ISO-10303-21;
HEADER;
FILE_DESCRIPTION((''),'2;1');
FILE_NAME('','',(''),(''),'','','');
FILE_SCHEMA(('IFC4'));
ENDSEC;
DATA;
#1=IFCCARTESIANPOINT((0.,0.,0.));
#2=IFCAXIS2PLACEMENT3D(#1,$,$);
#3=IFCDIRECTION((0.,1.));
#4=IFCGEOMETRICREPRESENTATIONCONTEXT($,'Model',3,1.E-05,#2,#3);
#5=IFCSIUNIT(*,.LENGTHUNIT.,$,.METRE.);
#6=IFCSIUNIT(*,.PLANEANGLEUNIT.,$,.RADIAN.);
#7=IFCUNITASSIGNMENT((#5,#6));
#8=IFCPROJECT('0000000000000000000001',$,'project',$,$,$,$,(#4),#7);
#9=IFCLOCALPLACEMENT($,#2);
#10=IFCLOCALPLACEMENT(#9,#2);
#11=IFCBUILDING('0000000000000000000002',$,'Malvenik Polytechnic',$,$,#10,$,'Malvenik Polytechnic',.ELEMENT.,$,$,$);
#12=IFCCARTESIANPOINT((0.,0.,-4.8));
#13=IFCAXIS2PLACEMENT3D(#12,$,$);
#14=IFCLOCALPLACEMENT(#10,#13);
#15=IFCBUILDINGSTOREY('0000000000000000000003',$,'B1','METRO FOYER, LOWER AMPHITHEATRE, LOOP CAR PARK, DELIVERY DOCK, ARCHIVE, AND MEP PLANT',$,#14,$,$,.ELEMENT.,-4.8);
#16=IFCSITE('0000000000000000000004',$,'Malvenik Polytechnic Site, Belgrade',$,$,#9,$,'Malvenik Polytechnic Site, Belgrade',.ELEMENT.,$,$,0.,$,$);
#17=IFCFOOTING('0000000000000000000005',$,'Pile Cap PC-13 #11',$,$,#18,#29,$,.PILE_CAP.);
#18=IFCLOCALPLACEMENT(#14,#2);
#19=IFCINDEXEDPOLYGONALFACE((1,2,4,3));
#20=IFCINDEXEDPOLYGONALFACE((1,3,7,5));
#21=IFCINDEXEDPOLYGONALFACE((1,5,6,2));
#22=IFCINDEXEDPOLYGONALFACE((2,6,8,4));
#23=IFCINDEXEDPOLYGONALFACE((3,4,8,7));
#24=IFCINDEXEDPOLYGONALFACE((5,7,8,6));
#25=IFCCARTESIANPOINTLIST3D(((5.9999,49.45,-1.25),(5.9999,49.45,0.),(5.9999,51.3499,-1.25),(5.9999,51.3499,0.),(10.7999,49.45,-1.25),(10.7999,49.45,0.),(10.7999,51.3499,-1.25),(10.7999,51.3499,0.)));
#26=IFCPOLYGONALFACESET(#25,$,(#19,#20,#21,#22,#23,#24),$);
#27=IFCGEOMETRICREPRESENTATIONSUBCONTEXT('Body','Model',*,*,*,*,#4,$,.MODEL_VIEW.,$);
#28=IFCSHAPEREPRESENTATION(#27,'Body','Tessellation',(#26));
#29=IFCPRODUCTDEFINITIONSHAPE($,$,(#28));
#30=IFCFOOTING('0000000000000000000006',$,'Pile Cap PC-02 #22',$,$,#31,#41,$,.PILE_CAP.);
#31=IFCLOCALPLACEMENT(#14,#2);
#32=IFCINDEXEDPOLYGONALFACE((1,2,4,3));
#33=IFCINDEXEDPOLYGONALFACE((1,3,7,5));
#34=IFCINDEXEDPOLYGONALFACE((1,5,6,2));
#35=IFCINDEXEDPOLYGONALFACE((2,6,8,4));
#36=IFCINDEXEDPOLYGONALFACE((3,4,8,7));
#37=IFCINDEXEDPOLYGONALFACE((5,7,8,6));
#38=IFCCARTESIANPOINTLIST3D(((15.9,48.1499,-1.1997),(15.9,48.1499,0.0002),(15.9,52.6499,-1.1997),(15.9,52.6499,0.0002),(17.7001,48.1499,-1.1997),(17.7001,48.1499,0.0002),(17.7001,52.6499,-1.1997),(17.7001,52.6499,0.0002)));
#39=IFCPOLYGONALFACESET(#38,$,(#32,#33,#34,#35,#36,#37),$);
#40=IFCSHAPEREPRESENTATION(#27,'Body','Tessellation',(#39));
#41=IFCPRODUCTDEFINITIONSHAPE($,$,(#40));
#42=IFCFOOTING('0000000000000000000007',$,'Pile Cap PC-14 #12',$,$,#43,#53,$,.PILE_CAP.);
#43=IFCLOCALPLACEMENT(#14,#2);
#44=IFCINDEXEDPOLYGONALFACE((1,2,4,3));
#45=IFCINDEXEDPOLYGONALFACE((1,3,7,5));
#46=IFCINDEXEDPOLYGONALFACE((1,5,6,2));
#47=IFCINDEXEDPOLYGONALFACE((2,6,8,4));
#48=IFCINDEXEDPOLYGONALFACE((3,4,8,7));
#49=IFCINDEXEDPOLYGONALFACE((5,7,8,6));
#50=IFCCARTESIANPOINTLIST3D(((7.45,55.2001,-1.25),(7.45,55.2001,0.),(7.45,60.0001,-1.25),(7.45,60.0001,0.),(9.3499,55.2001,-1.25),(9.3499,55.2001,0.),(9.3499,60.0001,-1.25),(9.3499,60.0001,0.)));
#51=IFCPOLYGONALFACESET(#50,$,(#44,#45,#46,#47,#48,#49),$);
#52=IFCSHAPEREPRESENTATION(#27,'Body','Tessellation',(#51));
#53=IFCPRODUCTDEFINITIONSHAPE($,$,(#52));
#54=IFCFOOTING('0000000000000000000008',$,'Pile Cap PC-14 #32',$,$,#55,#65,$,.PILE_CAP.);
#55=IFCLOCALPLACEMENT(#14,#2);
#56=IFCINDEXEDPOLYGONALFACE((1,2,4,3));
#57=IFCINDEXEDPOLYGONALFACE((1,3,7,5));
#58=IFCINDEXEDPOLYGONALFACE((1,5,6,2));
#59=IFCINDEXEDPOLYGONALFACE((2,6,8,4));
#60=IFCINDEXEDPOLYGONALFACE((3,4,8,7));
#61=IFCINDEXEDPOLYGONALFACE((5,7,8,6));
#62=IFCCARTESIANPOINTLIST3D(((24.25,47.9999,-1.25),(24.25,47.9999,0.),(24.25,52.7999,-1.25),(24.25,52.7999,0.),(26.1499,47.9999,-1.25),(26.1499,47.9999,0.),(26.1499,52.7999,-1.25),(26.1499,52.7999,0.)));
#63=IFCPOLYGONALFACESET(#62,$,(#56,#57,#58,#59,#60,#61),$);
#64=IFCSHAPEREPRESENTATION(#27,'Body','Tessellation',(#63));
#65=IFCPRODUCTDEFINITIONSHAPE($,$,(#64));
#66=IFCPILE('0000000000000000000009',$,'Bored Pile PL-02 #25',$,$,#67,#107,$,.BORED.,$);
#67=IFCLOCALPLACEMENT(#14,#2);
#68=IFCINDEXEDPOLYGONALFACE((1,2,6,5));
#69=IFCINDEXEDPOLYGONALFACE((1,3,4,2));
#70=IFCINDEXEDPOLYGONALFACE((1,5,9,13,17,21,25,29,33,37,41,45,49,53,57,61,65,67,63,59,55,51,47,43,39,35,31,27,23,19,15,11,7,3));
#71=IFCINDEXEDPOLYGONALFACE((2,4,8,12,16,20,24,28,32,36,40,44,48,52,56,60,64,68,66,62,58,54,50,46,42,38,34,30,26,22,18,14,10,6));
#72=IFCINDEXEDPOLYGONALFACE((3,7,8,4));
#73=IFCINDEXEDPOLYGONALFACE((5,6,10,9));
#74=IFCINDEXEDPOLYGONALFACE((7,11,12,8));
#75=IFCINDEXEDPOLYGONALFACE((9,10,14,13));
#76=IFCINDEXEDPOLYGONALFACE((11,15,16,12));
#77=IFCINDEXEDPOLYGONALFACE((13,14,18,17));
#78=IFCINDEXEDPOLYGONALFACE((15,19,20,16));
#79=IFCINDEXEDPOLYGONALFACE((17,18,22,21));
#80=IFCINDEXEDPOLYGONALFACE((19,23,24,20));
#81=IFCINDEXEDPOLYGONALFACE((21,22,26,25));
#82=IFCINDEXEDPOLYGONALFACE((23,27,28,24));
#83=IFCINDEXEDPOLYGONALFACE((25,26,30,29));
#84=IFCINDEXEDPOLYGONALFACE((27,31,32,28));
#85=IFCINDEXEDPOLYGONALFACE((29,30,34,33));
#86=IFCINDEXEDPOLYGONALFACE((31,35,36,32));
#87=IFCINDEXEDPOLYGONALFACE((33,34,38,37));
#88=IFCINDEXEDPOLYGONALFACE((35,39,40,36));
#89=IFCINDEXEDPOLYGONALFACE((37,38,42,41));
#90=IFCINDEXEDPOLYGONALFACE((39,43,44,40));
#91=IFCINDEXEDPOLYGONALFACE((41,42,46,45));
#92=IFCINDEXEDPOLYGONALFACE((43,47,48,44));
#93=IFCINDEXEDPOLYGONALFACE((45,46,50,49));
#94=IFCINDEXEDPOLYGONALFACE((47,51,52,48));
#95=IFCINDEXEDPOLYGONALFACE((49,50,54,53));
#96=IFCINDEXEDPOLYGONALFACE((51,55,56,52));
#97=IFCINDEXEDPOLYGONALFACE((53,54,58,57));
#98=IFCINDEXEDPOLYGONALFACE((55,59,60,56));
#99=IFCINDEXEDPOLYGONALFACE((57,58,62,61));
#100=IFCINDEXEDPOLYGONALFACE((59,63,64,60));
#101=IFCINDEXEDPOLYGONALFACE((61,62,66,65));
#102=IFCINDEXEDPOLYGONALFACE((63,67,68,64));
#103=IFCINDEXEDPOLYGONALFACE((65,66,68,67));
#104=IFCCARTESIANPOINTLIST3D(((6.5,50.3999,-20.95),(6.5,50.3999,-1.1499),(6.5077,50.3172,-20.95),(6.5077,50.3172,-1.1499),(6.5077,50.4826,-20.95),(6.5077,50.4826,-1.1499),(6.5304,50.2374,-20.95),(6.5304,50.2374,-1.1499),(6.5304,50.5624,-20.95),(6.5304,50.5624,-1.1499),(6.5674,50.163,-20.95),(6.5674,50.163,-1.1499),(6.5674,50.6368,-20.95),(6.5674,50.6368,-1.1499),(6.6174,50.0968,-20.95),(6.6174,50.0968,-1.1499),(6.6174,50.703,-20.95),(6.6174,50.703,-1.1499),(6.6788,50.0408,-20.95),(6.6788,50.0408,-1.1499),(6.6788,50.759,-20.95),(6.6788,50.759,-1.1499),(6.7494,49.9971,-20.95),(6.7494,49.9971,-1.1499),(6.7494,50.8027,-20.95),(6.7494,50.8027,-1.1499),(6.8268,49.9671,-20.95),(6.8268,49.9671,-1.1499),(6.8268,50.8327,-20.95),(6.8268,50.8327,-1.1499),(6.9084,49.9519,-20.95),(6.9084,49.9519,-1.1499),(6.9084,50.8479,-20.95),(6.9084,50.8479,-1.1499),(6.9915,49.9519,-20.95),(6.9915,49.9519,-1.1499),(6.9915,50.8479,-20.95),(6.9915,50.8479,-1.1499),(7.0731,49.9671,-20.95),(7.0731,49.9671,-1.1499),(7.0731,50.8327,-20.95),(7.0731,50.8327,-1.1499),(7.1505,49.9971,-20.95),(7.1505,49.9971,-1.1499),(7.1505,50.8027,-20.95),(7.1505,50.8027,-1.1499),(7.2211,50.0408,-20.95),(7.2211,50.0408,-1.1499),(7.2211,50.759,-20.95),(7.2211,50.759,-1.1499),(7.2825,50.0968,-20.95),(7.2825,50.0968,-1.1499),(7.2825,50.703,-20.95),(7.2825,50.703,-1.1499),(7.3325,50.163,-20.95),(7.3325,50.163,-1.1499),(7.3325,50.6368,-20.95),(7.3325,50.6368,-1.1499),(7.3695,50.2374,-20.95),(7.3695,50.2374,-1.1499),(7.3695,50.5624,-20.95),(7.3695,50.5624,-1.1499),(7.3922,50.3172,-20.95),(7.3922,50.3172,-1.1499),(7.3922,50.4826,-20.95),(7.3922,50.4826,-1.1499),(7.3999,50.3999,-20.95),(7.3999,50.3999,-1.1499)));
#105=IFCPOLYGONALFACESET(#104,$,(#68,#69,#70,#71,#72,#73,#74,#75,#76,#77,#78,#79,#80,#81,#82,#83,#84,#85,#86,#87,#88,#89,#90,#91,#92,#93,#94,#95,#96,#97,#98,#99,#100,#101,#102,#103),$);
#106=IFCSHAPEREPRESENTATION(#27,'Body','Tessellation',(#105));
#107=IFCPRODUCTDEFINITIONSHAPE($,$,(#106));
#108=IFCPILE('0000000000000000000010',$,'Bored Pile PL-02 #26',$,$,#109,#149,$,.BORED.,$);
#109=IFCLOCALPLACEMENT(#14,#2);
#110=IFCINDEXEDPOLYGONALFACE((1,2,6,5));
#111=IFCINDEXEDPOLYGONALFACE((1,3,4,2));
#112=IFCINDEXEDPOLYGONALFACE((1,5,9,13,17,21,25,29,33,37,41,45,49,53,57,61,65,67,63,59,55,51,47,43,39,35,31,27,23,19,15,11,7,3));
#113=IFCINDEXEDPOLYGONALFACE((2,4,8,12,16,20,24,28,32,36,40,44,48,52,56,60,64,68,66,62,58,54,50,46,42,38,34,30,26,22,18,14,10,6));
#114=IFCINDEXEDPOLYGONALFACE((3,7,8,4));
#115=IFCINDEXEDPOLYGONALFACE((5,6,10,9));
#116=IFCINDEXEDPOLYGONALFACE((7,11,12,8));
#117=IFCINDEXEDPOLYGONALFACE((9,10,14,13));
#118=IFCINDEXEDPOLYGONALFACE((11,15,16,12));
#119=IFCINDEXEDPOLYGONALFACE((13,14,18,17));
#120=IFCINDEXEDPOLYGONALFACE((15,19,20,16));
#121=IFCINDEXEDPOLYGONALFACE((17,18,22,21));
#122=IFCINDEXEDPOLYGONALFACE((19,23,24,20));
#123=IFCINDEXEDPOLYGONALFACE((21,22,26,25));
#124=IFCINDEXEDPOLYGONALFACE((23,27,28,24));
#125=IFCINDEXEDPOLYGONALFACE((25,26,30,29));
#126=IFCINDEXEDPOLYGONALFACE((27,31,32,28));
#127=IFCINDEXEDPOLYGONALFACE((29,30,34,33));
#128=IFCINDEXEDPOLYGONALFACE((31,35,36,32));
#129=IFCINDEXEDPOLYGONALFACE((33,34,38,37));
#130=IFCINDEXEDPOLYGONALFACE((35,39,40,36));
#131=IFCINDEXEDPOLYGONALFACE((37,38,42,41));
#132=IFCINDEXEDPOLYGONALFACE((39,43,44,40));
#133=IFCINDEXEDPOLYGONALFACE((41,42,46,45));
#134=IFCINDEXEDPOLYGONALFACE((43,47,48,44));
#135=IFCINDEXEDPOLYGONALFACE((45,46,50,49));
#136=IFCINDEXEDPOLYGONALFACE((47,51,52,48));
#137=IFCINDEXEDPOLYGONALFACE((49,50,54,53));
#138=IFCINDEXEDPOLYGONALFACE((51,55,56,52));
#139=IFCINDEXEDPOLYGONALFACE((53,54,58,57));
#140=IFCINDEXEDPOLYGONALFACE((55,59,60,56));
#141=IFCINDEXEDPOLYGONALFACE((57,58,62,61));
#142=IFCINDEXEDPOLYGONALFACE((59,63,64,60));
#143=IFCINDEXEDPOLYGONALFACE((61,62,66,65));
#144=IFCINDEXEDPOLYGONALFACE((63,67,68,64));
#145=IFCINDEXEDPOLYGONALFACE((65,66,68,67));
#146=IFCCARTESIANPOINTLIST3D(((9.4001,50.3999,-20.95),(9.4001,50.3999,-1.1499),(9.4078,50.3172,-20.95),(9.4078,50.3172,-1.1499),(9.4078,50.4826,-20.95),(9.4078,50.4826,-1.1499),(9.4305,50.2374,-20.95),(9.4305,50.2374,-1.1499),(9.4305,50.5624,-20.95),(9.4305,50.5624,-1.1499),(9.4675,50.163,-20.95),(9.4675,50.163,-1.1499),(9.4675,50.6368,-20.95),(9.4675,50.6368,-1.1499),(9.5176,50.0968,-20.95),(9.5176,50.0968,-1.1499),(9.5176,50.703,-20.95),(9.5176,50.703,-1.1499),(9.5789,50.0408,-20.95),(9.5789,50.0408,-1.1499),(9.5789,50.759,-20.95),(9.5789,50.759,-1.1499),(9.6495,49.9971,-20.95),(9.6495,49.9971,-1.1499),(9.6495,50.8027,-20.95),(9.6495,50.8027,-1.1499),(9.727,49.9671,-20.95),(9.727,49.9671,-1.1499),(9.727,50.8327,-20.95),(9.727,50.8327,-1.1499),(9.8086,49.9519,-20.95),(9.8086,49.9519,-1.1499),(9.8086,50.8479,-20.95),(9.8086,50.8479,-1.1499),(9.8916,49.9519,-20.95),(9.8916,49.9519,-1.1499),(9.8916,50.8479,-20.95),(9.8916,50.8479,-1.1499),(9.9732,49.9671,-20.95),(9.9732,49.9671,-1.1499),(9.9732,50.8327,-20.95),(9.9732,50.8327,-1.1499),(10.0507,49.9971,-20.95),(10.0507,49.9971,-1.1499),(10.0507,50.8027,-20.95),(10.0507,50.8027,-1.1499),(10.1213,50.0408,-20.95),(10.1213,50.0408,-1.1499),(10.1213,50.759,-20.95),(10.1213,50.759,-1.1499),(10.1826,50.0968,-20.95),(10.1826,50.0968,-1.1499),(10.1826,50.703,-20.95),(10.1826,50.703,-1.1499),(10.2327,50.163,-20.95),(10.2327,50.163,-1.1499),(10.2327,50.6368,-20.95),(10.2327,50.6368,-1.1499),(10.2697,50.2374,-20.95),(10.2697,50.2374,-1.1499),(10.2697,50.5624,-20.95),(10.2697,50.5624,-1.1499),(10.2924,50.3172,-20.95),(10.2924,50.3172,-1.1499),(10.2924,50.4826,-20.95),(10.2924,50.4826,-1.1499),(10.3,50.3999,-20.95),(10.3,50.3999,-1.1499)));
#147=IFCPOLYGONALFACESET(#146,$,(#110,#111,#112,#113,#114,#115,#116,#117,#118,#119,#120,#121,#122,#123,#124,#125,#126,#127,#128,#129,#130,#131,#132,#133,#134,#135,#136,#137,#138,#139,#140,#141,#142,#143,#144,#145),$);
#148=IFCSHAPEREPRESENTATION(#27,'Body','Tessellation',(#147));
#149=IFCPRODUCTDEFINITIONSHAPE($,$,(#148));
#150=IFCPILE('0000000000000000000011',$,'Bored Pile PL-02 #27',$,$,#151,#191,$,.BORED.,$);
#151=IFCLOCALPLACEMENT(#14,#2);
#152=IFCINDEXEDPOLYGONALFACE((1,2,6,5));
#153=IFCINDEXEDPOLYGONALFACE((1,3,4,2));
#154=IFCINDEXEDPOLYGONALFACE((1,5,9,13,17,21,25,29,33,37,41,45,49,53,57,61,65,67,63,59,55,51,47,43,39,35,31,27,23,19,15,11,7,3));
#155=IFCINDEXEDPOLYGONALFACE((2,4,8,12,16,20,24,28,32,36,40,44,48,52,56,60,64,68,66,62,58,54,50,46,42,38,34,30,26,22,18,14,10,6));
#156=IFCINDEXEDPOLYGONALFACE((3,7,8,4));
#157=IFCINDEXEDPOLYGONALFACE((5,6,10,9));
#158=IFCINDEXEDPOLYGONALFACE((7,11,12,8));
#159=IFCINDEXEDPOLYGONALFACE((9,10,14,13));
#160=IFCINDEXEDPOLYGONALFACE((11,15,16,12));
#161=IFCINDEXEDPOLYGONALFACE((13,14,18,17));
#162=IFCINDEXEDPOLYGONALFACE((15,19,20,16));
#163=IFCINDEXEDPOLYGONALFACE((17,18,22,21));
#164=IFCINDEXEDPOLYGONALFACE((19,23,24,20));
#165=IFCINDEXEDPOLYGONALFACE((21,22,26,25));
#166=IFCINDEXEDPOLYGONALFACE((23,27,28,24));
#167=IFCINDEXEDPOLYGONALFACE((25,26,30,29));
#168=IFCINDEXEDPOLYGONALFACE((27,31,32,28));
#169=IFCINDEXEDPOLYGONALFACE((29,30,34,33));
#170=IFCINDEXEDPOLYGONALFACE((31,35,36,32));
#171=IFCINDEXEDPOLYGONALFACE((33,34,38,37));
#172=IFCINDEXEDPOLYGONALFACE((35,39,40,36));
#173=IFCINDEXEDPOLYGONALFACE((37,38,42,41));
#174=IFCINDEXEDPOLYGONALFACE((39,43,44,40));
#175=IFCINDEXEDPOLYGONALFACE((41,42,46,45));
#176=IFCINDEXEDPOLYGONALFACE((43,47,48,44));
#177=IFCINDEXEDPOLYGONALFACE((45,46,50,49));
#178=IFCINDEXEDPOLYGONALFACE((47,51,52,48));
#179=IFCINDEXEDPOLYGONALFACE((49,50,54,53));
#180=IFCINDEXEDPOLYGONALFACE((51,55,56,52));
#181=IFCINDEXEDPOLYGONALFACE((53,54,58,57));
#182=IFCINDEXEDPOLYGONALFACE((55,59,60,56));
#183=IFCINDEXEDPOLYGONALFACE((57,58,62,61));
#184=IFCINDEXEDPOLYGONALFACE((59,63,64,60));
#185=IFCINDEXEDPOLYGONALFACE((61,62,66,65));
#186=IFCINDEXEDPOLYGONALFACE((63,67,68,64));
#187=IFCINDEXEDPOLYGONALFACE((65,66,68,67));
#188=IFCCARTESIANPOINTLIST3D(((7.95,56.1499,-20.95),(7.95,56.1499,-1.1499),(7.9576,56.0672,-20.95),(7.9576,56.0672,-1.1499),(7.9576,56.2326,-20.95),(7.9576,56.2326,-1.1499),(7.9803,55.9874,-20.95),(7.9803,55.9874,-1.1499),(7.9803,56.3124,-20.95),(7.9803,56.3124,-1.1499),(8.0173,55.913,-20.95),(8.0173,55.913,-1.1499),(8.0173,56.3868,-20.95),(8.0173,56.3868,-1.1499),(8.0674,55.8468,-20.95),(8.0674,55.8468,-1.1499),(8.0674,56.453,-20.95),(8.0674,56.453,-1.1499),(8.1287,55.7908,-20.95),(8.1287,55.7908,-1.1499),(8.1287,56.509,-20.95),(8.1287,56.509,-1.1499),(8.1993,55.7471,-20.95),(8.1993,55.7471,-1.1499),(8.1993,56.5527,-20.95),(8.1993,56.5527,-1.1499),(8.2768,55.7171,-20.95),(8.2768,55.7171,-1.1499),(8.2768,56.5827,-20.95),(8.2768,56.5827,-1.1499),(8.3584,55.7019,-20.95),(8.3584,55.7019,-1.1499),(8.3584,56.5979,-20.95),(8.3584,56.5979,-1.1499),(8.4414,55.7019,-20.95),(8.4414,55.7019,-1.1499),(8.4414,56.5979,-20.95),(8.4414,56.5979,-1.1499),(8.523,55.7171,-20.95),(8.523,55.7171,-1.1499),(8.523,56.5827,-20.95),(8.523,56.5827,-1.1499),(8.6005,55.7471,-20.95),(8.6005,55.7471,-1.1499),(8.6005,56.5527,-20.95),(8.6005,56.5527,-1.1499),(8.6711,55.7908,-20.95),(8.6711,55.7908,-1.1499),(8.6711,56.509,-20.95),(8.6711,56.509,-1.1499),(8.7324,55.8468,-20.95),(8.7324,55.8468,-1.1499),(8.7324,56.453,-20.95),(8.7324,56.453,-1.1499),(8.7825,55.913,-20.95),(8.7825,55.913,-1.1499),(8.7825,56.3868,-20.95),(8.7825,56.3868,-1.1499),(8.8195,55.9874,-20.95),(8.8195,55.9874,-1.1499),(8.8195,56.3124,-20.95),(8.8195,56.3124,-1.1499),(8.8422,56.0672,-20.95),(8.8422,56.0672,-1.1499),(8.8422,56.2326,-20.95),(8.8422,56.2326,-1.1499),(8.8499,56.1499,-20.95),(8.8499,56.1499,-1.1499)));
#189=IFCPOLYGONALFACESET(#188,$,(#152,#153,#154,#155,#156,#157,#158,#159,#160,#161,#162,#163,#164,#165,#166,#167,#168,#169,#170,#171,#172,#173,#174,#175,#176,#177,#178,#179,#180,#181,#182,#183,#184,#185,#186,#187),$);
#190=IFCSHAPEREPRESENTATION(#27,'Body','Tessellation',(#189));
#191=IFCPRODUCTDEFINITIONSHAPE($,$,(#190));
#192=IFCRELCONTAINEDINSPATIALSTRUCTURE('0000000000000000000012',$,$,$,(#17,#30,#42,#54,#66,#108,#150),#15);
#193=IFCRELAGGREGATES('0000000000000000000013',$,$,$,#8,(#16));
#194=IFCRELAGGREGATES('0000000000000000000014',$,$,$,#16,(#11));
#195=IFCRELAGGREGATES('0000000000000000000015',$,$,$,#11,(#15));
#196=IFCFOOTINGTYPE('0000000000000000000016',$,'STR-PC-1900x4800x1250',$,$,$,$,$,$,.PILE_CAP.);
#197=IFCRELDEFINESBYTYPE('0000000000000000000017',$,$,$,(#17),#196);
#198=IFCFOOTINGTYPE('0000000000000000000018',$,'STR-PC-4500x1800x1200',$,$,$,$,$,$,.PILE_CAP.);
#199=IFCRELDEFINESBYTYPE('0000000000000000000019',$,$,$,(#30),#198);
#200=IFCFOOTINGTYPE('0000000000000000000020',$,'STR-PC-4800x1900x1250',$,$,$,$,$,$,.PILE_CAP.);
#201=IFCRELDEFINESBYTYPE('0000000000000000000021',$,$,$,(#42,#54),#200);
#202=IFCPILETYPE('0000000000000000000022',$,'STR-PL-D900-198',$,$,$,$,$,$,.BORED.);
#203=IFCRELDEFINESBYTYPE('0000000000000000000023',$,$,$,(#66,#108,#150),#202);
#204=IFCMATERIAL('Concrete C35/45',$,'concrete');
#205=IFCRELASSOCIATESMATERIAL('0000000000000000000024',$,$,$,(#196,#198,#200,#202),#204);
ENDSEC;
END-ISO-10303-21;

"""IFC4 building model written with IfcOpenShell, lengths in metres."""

from ifc_helpers import new_model, si_unit, direction, frame, origin, origin_2d, place, context, subcontext, project, spatial, rectangle, circle, extrude, material, material_profile, profile_set, type_object, element, save


model = new_model("IFC4")

# Units and contexts
model_context = context("Model", 3, precision=1e-05, world=origin(), true_north=direction((0.0, 1.0)))
body_context = subcontext(model_context, "Body", "Model", "MODEL_VIEW")
ifc_project = project(units=[si_unit("LENGTHUNIT", "METRE"), si_unit("PLANEANGLEUNIT", "RADIAN")], contexts=[model_context])

# Site, building, storey
site_placement = place(None, origin())
site = spatial("IfcSite", under=ifc_project, at=site_placement, Name="Malvenik Polytechnic Site, Belgrade", LongName="Malvenik Polytechnic Site, Belgrade", CompositionType="ELEMENT", RefElevation=0.0)
building_placement = place(site_placement, origin())
building = spatial("IfcBuilding", under=site, at=building_placement, Name="Malvenik Polytechnic", LongName="Malvenik Polytechnic", CompositionType="ELEMENT")
storey_placement = place(building_placement, frame((0.0, 0.0, -4.8)))
storey = spatial("IfcBuildingStorey", under=building, at=storey_placement, Name="B1", Description="METRO FOYER, LOWER AMPHITHEATRE, LOOP CAR PARK, DELIVERY DOCK, ARCHIVE, AND MEP PLANT", CompositionType="ELEMENT", Elevation=-4.8)

# Footings
ifc_material_1 = material(Name="Concrete C35/45", Category="concrete")
footing_type_1 = type_object("IfcFootingType", Name="STR-PC-1900x4800x1250", PredefinedType="PILE_CAP", material=ifc_material_1)
footing_1_placement = place(storey_placement, frame((8.3999, 50.3999, -1.25), z_axis=(0.0, 0.0, 1.0), x_axis=(1.0, 0.0, 0.0)))
element("IfcFooting", 1, at=footing_1_placement, inside=storey, type_object=footing_type_1, Name="Pile Cap PC-13 #11", PredefinedType="PILE_CAP", context=body_context, shape_type="SweptSolid", body=[
    extrude(rectangle(XDim=4.8, YDim=1.8999, at=origin_2d()), origin(), (0.0, 0.0, 1.0), 1.25),
])
footing_type_2 = type_object("IfcFootingType", Name="STR-PC-4500x1800x1200", PredefinedType="PILE_CAP", material=ifc_material_1)
footing_2_placement = place(storey_placement, frame((16.8, 50.3999, -1.1997), z_axis=(0.0, 0.0, 1.0), x_axis=(1.0, 0.0, 0.0)))
element("IfcFooting", 2, at=footing_2_placement, inside=storey, type_object=footing_type_2, Name="Pile Cap PC-02 #22", PredefinedType="PILE_CAP", context=body_context, shape_type="SweptSolid", body=[
    extrude(rectangle(XDim=1.8, YDim=4.5, at=origin_2d()), origin(), (0.0, 0.0, 1.0), 1.2),
])
footing_type_3 = type_object("IfcFootingType", Name="STR-PC-4800x1900x1250", PredefinedType="PILE_CAP", material=ifc_material_1)
for number, where, z_axis, x_axis, name in (
    (3, (8.3999, 57.6001, -1.25), (0.0, 0.0, 1.0), (1.0, 0.0, 0.0), "Pile Cap PC-14 #12"),
    (4, (25.2, 50.3999, -1.25), (0.0, 0.0, 1.0), (1.0, 0.0, 0.0), "Pile Cap PC-14 #32"),
):
    element("IfcFooting", number, at=place(storey_placement, frame(where, z_axis=z_axis, x_axis=x_axis)), inside=storey, type_object=footing_type_3, Name=name, PredefinedType="PILE_CAP", context=body_context, shape_type="SweptSolid", body=[
        extrude(rectangle(XDim=1.8999, YDim=4.8, at=origin_2d()), origin(), (0.0, 0.0, 1.0), 1.25),
    ])

# Piles
ifc_material_profile_1 = material_profile(ifc_material_1, circle(Radius=0.45, at=origin_2d()), Name="BORED PILE D900")
ifc_profile_set_1 = profile_set([ifc_material_profile_1], Name="Concrete C35/45")
pile_type = type_object("IfcPileType", Name="STR-PL-D900-198", PredefinedType="BORED", material=ifc_profile_set_1)
for number, where, z_axis, x_axis, name in (
    (5, (6.95, 50.3999, -1.1499), (0.0, 0.0, -1.0), (1.0, 0.0, 0.0), "Bored Pile PL-02 #25"),
    (6, (9.8501, 50.3999, -1.1499), (0.0, 0.0, -1.0), (1.0, 0.0, 0.0), "Bored Pile PL-02 #26"),
    (7, (8.3999, 56.1499, -1.1499), (0.0, 0.0, -1.0), (1.0, 0.0, 0.0), "Bored Pile PL-02 #27"),
):
    element("IfcPile", number, at=place(storey_placement, frame(where, z_axis=z_axis, x_axis=x_axis)), inside=storey, type_object=pile_type, Name=name, PredefinedType="BORED", context=body_context, shape_type="SweptSolid", body=[
        extrude(circle(Radius=0.45, at=origin_2d()), origin(), (0.0, 0.0, 1.0), 19.8),
    ])

save(model, "model.ifc")
